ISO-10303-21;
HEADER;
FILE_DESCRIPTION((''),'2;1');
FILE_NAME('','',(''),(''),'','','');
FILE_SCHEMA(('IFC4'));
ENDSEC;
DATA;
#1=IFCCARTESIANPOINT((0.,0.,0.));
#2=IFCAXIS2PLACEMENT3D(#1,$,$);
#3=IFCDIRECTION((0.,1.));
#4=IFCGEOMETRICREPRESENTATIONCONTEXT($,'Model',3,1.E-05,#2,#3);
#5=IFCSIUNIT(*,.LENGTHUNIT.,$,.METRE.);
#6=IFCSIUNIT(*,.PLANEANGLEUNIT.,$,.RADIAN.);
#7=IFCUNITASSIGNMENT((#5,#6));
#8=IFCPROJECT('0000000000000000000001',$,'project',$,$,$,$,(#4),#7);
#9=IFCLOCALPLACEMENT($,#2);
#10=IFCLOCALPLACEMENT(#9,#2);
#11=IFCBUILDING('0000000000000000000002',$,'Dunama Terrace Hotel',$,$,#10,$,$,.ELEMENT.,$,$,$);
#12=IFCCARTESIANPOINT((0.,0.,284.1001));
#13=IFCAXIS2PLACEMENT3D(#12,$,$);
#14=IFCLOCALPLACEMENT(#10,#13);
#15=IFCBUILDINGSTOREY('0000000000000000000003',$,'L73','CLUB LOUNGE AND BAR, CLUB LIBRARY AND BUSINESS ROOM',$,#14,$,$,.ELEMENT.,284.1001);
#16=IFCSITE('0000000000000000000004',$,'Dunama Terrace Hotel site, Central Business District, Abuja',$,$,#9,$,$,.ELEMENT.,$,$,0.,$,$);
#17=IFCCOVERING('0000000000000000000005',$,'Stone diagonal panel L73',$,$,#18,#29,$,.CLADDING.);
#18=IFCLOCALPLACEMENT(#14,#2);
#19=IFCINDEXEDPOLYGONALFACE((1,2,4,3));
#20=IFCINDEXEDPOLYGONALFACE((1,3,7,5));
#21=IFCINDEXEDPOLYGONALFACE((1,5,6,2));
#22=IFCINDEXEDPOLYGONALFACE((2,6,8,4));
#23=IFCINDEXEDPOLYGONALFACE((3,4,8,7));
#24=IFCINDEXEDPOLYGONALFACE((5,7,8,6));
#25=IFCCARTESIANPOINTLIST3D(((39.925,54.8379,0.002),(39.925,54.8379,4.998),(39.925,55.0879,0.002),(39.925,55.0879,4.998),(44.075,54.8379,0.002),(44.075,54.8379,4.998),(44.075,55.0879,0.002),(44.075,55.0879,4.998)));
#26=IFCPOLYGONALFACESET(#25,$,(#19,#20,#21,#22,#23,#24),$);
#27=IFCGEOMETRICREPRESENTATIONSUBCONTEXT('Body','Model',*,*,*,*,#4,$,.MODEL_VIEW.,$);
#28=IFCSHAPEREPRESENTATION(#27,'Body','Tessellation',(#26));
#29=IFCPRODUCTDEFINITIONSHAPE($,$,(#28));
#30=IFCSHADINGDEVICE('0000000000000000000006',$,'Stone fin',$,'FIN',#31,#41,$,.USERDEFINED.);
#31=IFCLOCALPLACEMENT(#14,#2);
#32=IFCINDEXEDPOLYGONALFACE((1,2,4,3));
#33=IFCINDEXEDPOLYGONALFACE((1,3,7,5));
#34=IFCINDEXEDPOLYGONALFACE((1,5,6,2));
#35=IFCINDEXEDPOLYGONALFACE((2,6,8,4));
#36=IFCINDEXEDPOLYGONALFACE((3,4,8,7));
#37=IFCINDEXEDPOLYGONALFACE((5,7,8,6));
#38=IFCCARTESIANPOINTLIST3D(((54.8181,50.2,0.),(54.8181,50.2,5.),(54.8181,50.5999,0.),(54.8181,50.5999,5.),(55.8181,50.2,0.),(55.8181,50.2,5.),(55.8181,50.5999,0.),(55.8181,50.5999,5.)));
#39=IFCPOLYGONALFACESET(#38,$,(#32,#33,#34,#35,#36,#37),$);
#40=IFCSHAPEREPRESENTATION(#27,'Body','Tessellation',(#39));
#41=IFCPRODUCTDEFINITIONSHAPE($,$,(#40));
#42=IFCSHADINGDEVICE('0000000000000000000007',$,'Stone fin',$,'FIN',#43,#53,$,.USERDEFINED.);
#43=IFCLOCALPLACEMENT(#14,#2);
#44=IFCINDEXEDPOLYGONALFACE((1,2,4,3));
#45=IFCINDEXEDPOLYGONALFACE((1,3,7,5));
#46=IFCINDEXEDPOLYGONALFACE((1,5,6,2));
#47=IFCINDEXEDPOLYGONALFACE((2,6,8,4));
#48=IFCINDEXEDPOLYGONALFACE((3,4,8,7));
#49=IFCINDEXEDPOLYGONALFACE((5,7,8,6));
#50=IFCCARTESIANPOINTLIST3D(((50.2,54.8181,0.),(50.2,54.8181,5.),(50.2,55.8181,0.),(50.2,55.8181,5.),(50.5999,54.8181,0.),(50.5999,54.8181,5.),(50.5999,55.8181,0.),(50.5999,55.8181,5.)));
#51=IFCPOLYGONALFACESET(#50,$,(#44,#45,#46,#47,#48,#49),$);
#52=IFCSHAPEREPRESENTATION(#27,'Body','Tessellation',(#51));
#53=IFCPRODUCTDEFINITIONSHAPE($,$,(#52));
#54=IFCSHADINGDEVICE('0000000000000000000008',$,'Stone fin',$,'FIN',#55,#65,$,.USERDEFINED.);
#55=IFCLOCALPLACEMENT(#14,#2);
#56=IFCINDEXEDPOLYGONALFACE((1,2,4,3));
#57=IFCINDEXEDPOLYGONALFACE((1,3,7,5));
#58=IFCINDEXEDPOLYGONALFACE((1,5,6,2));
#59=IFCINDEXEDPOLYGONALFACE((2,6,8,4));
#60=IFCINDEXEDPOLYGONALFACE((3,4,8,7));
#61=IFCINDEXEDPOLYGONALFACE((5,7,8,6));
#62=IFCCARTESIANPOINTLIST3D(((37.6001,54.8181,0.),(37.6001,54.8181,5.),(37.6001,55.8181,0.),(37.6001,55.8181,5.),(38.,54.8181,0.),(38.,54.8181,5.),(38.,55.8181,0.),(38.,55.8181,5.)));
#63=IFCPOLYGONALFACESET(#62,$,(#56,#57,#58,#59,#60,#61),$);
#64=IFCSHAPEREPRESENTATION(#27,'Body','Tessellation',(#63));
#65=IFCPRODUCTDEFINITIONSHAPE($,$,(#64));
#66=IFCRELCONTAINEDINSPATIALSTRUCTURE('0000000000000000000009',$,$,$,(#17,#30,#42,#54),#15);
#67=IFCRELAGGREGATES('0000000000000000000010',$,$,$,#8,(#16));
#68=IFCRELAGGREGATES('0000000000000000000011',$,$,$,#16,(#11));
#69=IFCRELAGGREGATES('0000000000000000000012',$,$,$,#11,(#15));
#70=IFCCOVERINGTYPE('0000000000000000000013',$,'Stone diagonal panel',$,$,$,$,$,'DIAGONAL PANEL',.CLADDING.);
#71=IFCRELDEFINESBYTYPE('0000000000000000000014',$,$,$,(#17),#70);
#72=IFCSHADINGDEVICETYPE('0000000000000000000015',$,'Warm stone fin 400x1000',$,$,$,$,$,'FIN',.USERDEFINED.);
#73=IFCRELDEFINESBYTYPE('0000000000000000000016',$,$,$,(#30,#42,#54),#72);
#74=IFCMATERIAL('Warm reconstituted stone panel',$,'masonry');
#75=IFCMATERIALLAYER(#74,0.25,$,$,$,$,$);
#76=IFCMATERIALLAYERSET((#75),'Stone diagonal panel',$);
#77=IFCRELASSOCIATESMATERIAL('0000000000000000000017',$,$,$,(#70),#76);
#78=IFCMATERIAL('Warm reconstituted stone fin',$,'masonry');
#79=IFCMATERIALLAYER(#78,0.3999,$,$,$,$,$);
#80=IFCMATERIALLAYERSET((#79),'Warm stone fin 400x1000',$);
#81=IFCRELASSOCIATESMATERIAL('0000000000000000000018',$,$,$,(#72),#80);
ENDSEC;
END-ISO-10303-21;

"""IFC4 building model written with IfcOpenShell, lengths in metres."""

from ifc_helpers import new_model, si_unit, direction, frame, origin, origin_2d, place, context, subcontext, project, spatial, rectangle, extrude, material, layer, layer_set, type_object, element, save


model = new_model("IFC4")

# Units and contexts
model_context = context("Model", 3, precision=1e-05, world=origin(), true_north=direction((0.0, 1.0)))
body_context = subcontext(model_context, "Body", "Model", "MODEL_VIEW")
ifc_project = project(units=[si_unit("LENGTHUNIT", "METRE"), si_unit("PLANEANGLEUNIT", "RADIAN")], contexts=[model_context])

# Site, building, storey
site_placement = place(None, origin())
site = spatial("IfcSite", under=ifc_project, at=site_placement, Name="Dunama Terrace Hotel site, Central Business District, Abuja", CompositionType="ELEMENT", RefElevation=0.0)
building_placement = place(site_placement, origin())
building = spatial("IfcBuilding", under=site, at=building_placement, Name="Dunama Terrace Hotel", CompositionType="ELEMENT")
storey_placement = place(building_placement, frame((0.0, 0.0, 284.1001)))
storey = spatial("IfcBuildingStorey", under=building, at=storey_placement, Name="L73", Description="CLUB LOUNGE AND BAR, CLUB LIBRARY AND BUSINESS ROOM", CompositionType="ELEMENT", Elevation=284.1001)

# Covering
ifc_material_1 = material(Name="Warm reconstituted stone panel", Category="masonry")
ifc_layer_1 = layer(ifc_material_1, 0.25)
ifc_layer_set_1 = layer_set([ifc_layer_1], Name="Stone diagonal panel")
covering_type = type_object("IfcCoveringType", Name="Stone diagonal panel", ElementType="DIAGONAL PANEL", PredefinedType="CLADDING", material=ifc_layer_set_1)
covering_1_placement = place(storey_placement, frame((42.0, 54.9629, 0.002), z_axis=(0.0, 0.0, 1.0), x_axis=(-1.0, 0.0, 0.0)))
element("IfcCovering", 1, at=covering_1_placement, inside=storey, type_object=covering_type, Name="Stone diagonal panel L73", PredefinedType="CLADDING", context=body_context, shape_type="SweptSolid", body=[
    extrude(rectangle(XDim=4.1499, YDim=0.25, at=origin_2d()), origin(), (0.0, 0.0, 1.0), 4.9961),
])

# Shading devices
ifc_material_2 = material(Name="Warm reconstituted stone fin", Category="masonry")
ifc_layer_2 = layer(ifc_material_2, 0.3999)
ifc_layer_set_2 = layer_set([ifc_layer_2], Name="Warm stone fin 400x1000")
shading_device_type = type_object("IfcShadingDeviceType", Name="Warm stone fin 400x1000", ElementType="FIN", PredefinedType="USERDEFINED", material=ifc_layer_set_2)
for number, where, z_axis, x_axis, name in (
    (2, (55.3181, 50.3999, 0.0), (0.0, 0.0, 1.0), (0.0, 1.0, 0.0), "Stone fin"),
    (3, (50.3999, 55.3181, 0.0), (0.0, 0.0, 1.0), (-1.0, 0.0, 0.0), "Stone fin"),
    (4, (37.8, 55.3181, 0.0), (0.0, 0.0, 1.0), (-1.0, 0.0, 0.0), "Stone fin"),
):
    element("IfcShadingDevice", number, at=place(storey_placement, frame(where, z_axis=z_axis, x_axis=x_axis)), inside=storey, type_object=shading_device_type, Name=name, ObjectType="FIN", PredefinedType="USERDEFINED", context=body_context, shape_type="SweptSolid", body=[
        extrude(rectangle(XDim=0.3999, YDim=1.0, at=origin_2d()), origin(), (0.0, 0.0, 1.0), 5.0),
    ])

save(model, "model.ifc")
